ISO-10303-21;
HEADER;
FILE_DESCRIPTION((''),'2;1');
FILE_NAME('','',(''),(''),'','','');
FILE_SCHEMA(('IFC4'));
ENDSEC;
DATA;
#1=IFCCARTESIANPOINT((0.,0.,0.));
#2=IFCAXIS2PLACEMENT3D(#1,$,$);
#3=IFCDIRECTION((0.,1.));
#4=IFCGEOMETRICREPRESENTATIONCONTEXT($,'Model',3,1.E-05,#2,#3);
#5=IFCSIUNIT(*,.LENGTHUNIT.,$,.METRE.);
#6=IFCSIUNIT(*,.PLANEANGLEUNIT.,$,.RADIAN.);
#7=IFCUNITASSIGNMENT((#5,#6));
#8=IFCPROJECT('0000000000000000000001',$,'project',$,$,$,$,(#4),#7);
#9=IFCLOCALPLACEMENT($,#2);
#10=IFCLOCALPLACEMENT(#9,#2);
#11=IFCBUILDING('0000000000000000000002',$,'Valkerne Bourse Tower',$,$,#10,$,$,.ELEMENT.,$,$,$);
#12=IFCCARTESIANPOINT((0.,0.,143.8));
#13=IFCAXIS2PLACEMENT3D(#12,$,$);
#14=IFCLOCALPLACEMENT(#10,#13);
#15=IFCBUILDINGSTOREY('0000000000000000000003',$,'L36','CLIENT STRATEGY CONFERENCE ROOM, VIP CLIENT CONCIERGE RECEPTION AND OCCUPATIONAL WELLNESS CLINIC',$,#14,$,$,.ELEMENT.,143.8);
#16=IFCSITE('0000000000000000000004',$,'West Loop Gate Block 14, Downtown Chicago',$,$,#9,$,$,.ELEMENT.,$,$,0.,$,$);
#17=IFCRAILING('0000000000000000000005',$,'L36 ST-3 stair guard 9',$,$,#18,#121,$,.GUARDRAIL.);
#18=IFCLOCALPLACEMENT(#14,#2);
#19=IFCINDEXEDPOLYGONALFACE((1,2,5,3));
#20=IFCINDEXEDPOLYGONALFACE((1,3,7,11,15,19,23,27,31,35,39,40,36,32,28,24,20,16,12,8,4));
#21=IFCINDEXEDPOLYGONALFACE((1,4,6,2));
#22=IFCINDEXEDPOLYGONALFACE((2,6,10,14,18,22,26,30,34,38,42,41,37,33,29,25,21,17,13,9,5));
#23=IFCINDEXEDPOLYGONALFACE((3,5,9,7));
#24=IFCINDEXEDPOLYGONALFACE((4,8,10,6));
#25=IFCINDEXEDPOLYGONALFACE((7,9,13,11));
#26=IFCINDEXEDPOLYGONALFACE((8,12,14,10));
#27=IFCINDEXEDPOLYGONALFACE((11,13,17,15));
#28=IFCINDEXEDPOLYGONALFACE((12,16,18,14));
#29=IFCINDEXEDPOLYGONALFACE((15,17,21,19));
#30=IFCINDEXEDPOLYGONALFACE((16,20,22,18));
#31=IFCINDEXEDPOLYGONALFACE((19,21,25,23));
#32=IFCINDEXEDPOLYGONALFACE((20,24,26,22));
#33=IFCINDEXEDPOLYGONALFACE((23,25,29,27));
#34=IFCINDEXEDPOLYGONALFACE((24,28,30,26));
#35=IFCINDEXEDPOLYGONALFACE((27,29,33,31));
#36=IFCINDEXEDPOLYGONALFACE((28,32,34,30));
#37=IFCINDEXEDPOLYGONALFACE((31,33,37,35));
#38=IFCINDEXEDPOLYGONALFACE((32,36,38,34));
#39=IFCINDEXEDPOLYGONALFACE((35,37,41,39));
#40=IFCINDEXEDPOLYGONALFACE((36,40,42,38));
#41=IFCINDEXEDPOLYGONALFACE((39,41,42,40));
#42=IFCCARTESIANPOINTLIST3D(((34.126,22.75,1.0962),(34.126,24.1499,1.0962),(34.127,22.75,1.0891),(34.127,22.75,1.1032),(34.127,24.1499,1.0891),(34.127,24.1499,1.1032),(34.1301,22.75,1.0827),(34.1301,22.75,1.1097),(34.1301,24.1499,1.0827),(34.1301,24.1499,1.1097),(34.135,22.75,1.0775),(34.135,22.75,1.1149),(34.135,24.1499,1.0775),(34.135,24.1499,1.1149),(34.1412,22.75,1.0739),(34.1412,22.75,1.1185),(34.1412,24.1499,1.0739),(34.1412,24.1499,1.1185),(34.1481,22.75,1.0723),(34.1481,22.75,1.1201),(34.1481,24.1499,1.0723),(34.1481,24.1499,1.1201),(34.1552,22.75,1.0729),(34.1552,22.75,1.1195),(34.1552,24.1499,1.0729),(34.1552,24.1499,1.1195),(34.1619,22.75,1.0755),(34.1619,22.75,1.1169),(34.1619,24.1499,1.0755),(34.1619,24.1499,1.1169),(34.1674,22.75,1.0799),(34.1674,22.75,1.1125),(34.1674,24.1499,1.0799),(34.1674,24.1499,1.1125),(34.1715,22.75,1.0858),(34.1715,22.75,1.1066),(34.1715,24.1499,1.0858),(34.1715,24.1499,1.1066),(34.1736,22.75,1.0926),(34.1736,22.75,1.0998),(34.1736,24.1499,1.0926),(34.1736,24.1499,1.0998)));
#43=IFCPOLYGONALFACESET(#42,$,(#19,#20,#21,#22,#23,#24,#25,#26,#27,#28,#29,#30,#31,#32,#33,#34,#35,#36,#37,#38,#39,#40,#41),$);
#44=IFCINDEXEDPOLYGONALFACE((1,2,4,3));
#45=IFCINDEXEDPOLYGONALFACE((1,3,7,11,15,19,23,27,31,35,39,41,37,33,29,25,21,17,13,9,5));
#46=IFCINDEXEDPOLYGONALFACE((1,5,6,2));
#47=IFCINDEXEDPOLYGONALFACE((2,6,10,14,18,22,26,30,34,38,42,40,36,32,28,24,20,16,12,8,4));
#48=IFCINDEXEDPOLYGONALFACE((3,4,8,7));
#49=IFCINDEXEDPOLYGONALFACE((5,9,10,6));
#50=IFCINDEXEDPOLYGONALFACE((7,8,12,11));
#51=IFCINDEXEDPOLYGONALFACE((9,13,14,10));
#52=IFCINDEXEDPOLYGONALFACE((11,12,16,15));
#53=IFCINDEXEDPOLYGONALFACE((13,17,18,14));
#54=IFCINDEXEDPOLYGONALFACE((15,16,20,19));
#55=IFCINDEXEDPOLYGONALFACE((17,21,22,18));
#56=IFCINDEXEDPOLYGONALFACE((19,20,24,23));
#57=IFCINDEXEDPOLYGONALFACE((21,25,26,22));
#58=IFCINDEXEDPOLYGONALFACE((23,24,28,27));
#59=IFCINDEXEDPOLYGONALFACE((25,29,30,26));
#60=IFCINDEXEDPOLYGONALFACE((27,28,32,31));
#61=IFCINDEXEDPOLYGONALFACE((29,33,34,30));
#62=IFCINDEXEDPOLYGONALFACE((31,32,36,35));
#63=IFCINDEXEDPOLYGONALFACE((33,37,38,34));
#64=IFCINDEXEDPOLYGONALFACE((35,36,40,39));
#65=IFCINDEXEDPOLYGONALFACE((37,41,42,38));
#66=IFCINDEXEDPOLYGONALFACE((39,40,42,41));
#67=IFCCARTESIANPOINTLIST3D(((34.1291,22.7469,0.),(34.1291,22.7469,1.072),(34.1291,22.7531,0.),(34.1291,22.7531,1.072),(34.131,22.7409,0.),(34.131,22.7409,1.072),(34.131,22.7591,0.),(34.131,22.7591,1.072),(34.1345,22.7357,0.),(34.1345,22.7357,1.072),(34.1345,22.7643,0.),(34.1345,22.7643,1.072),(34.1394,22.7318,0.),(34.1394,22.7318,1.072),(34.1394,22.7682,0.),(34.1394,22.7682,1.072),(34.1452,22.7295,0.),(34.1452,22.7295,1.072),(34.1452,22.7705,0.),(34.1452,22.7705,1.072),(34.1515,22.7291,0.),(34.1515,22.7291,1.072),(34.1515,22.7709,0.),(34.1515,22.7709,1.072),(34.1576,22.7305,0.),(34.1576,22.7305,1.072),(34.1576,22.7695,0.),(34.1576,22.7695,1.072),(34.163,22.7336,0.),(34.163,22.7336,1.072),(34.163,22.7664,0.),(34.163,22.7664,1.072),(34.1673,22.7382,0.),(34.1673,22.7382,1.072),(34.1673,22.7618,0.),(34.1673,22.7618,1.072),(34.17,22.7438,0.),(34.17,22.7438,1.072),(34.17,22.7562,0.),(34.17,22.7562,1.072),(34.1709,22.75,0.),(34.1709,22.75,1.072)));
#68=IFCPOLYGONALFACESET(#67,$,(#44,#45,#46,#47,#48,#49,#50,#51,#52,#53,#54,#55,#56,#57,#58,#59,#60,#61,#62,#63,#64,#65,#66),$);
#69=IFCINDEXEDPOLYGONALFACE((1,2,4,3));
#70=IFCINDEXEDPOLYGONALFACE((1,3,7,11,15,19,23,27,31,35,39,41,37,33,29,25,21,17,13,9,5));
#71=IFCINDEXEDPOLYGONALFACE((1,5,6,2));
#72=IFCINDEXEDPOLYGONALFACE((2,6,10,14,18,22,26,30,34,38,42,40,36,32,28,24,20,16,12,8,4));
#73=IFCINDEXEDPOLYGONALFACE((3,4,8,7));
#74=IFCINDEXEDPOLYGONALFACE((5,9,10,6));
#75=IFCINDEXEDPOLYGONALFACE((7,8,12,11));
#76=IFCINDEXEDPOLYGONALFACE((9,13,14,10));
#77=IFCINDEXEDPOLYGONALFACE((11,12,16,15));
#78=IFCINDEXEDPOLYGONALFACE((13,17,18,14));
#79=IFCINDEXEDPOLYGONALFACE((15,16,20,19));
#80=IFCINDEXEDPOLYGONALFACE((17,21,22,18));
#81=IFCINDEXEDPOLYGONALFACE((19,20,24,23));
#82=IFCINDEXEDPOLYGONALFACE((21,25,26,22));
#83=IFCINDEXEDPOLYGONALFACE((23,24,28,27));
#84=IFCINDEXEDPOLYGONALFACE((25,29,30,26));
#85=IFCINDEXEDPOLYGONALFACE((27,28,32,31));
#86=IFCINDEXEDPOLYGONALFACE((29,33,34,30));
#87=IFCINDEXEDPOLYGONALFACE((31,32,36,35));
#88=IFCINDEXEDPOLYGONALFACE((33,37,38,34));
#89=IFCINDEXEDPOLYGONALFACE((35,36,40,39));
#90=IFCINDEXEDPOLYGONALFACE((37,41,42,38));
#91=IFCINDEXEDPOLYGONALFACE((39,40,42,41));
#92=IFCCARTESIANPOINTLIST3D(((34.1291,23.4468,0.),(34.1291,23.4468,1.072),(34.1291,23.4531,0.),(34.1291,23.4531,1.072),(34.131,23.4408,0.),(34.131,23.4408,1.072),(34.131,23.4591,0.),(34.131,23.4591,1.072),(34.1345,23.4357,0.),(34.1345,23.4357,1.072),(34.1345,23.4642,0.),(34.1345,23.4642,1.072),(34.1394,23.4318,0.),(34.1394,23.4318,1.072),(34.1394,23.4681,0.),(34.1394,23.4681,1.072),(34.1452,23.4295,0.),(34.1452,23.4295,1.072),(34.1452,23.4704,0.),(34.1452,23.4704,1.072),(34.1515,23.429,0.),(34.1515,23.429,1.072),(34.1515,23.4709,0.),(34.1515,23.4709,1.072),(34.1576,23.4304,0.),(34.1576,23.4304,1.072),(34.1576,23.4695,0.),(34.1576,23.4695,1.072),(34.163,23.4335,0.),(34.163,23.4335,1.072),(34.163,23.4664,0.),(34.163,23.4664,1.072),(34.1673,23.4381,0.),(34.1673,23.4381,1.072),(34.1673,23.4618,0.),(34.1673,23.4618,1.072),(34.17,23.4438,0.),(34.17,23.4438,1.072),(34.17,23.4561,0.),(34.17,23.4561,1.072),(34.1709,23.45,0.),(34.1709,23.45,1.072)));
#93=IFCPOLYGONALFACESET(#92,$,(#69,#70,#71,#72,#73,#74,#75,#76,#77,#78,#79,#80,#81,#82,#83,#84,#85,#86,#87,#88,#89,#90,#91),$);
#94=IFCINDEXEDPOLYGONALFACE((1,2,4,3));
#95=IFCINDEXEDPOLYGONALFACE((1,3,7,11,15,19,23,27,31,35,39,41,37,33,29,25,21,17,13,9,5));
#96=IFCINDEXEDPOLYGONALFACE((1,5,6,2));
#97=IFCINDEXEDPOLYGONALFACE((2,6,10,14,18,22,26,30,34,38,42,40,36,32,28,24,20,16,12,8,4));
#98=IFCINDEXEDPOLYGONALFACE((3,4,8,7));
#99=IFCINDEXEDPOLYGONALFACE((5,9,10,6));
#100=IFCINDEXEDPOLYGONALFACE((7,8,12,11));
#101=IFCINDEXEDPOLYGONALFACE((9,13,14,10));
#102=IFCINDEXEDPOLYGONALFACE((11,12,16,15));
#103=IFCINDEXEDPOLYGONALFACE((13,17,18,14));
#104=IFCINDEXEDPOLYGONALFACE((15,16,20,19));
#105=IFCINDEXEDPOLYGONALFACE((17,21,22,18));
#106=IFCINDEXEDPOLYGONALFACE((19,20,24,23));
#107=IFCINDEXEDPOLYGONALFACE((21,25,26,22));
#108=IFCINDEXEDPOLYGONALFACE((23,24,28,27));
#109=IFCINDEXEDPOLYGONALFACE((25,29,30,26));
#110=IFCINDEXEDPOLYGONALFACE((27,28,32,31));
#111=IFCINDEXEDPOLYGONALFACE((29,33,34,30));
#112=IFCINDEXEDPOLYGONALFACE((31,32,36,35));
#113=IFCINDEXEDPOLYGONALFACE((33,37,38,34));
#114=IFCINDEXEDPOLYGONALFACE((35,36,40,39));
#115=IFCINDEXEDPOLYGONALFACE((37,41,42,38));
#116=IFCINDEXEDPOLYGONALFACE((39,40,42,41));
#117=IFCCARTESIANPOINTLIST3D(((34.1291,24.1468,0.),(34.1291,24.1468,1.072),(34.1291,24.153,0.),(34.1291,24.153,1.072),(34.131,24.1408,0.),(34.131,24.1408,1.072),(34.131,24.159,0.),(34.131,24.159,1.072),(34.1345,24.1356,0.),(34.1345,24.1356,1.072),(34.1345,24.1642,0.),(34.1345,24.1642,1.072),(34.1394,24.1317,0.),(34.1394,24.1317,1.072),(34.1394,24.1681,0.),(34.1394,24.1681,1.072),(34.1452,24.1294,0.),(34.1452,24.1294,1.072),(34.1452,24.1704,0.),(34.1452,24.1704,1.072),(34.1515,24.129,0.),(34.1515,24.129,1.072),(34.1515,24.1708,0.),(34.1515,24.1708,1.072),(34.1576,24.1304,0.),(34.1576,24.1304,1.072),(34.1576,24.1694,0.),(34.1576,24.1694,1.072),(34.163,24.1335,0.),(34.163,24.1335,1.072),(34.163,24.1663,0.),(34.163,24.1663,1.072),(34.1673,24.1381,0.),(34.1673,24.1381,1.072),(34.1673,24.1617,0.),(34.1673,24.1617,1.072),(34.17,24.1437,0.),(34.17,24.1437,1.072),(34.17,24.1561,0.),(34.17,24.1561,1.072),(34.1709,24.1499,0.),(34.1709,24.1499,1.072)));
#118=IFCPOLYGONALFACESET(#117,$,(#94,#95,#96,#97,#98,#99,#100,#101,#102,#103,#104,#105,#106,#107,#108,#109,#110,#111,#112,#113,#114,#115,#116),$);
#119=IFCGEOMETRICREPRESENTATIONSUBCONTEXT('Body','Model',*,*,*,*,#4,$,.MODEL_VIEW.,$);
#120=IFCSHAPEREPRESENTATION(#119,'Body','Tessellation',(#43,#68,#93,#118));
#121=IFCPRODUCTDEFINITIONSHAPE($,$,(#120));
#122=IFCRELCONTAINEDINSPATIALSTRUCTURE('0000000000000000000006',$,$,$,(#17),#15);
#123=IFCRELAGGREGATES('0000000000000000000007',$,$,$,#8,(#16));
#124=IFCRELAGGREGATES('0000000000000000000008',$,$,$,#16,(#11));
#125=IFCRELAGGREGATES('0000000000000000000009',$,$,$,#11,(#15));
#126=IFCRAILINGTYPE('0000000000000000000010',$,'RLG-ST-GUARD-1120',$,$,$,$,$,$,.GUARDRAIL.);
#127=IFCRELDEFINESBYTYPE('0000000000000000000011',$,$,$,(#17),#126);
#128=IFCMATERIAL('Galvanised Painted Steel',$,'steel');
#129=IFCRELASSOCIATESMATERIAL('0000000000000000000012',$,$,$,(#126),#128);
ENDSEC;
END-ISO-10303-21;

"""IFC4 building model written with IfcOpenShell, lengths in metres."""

from ifc_helpers import new_model, si_unit, direction, frame, origin, origin_2d, place, context, subcontext, project, spatial, circle, extrude, material, type_object, element, save


model = new_model("IFC4")

# Units and contexts
model_context = context("Model", 3, precision=1e-05, world=origin(), true_north=direction((0.0, 1.0)))
body_context = subcontext(model_context, "Body", "Model", "MODEL_VIEW")
ifc_project = project(units=[si_unit("LENGTHUNIT", "METRE"), si_unit("PLANEANGLEUNIT", "RADIAN")], contexts=[model_context])

# Site, building, storey
site_placement = place(None, origin())
site = spatial("IfcSite", under=ifc_project, at=site_placement, Name="West Loop Gate Block 14, Downtown Chicago", CompositionType="ELEMENT", RefElevation=0.0)
building_placement = place(site_placement, origin())
building = spatial("IfcBuilding", under=site, at=building_placement, Name="Valkerne Bourse Tower", CompositionType="ELEMENT")
storey_placement = place(building_placement, frame((0.0, 0.0, 143.8)))
storey = spatial("IfcBuildingStorey", under=building, at=storey_placement, Name="L36", Description="CLIENT STRATEGY CONFERENCE ROOM, VIP CLIENT CONCIERGE RECEPTION AND OCCUPATIONAL WELLNESS CLINIC", CompositionType="ELEMENT", Elevation=143.8)

# Railing
ifc_material_1 = material(Name="Galvanised Painted Steel", Category="steel")
railing_type_1 = type_object("IfcRailingType", Name="RLG-ST-GUARD-1120", PredefinedType="GUARDRAIL", material=ifc_material_1)
for number, where, name in (
    (1, (34.1499, 22.75, 0.0), "L36 ST-3 stair guard 9"),
):
    element("IfcRailing", number, at=place(storey_placement, frame(where)), inside=storey, type_object=railing_type_1, Name=name, PredefinedType="GUARDRAIL", context=body_context, shape_type="SweptSolid", body=[
        extrude(circle(Radius=0.0239, at=origin_2d()), frame((0.0, 0.0, 1.0962), z_axis=(0.0, 1.0, 0.0), x_axis=(-1.0, 0.0, 0.0)), (0.0, 0.0, 1.0), 1.3999),
        extrude(circle(Radius=0.021, at=origin_2d()), origin(), (0.0, 0.0, 1.0), 1.072),
        extrude(circle(Radius=0.021, at=origin_2d()), frame((0.0, 0.7, 0.0)), (0.0, 0.0, 1.0), 1.072),
        extrude(circle(Radius=0.021, at=origin_2d()), frame((0.0, 1.3999, 0.0)), (0.0, 0.0, 1.0), 1.072),
    ])

save(model, "model.ifc")
